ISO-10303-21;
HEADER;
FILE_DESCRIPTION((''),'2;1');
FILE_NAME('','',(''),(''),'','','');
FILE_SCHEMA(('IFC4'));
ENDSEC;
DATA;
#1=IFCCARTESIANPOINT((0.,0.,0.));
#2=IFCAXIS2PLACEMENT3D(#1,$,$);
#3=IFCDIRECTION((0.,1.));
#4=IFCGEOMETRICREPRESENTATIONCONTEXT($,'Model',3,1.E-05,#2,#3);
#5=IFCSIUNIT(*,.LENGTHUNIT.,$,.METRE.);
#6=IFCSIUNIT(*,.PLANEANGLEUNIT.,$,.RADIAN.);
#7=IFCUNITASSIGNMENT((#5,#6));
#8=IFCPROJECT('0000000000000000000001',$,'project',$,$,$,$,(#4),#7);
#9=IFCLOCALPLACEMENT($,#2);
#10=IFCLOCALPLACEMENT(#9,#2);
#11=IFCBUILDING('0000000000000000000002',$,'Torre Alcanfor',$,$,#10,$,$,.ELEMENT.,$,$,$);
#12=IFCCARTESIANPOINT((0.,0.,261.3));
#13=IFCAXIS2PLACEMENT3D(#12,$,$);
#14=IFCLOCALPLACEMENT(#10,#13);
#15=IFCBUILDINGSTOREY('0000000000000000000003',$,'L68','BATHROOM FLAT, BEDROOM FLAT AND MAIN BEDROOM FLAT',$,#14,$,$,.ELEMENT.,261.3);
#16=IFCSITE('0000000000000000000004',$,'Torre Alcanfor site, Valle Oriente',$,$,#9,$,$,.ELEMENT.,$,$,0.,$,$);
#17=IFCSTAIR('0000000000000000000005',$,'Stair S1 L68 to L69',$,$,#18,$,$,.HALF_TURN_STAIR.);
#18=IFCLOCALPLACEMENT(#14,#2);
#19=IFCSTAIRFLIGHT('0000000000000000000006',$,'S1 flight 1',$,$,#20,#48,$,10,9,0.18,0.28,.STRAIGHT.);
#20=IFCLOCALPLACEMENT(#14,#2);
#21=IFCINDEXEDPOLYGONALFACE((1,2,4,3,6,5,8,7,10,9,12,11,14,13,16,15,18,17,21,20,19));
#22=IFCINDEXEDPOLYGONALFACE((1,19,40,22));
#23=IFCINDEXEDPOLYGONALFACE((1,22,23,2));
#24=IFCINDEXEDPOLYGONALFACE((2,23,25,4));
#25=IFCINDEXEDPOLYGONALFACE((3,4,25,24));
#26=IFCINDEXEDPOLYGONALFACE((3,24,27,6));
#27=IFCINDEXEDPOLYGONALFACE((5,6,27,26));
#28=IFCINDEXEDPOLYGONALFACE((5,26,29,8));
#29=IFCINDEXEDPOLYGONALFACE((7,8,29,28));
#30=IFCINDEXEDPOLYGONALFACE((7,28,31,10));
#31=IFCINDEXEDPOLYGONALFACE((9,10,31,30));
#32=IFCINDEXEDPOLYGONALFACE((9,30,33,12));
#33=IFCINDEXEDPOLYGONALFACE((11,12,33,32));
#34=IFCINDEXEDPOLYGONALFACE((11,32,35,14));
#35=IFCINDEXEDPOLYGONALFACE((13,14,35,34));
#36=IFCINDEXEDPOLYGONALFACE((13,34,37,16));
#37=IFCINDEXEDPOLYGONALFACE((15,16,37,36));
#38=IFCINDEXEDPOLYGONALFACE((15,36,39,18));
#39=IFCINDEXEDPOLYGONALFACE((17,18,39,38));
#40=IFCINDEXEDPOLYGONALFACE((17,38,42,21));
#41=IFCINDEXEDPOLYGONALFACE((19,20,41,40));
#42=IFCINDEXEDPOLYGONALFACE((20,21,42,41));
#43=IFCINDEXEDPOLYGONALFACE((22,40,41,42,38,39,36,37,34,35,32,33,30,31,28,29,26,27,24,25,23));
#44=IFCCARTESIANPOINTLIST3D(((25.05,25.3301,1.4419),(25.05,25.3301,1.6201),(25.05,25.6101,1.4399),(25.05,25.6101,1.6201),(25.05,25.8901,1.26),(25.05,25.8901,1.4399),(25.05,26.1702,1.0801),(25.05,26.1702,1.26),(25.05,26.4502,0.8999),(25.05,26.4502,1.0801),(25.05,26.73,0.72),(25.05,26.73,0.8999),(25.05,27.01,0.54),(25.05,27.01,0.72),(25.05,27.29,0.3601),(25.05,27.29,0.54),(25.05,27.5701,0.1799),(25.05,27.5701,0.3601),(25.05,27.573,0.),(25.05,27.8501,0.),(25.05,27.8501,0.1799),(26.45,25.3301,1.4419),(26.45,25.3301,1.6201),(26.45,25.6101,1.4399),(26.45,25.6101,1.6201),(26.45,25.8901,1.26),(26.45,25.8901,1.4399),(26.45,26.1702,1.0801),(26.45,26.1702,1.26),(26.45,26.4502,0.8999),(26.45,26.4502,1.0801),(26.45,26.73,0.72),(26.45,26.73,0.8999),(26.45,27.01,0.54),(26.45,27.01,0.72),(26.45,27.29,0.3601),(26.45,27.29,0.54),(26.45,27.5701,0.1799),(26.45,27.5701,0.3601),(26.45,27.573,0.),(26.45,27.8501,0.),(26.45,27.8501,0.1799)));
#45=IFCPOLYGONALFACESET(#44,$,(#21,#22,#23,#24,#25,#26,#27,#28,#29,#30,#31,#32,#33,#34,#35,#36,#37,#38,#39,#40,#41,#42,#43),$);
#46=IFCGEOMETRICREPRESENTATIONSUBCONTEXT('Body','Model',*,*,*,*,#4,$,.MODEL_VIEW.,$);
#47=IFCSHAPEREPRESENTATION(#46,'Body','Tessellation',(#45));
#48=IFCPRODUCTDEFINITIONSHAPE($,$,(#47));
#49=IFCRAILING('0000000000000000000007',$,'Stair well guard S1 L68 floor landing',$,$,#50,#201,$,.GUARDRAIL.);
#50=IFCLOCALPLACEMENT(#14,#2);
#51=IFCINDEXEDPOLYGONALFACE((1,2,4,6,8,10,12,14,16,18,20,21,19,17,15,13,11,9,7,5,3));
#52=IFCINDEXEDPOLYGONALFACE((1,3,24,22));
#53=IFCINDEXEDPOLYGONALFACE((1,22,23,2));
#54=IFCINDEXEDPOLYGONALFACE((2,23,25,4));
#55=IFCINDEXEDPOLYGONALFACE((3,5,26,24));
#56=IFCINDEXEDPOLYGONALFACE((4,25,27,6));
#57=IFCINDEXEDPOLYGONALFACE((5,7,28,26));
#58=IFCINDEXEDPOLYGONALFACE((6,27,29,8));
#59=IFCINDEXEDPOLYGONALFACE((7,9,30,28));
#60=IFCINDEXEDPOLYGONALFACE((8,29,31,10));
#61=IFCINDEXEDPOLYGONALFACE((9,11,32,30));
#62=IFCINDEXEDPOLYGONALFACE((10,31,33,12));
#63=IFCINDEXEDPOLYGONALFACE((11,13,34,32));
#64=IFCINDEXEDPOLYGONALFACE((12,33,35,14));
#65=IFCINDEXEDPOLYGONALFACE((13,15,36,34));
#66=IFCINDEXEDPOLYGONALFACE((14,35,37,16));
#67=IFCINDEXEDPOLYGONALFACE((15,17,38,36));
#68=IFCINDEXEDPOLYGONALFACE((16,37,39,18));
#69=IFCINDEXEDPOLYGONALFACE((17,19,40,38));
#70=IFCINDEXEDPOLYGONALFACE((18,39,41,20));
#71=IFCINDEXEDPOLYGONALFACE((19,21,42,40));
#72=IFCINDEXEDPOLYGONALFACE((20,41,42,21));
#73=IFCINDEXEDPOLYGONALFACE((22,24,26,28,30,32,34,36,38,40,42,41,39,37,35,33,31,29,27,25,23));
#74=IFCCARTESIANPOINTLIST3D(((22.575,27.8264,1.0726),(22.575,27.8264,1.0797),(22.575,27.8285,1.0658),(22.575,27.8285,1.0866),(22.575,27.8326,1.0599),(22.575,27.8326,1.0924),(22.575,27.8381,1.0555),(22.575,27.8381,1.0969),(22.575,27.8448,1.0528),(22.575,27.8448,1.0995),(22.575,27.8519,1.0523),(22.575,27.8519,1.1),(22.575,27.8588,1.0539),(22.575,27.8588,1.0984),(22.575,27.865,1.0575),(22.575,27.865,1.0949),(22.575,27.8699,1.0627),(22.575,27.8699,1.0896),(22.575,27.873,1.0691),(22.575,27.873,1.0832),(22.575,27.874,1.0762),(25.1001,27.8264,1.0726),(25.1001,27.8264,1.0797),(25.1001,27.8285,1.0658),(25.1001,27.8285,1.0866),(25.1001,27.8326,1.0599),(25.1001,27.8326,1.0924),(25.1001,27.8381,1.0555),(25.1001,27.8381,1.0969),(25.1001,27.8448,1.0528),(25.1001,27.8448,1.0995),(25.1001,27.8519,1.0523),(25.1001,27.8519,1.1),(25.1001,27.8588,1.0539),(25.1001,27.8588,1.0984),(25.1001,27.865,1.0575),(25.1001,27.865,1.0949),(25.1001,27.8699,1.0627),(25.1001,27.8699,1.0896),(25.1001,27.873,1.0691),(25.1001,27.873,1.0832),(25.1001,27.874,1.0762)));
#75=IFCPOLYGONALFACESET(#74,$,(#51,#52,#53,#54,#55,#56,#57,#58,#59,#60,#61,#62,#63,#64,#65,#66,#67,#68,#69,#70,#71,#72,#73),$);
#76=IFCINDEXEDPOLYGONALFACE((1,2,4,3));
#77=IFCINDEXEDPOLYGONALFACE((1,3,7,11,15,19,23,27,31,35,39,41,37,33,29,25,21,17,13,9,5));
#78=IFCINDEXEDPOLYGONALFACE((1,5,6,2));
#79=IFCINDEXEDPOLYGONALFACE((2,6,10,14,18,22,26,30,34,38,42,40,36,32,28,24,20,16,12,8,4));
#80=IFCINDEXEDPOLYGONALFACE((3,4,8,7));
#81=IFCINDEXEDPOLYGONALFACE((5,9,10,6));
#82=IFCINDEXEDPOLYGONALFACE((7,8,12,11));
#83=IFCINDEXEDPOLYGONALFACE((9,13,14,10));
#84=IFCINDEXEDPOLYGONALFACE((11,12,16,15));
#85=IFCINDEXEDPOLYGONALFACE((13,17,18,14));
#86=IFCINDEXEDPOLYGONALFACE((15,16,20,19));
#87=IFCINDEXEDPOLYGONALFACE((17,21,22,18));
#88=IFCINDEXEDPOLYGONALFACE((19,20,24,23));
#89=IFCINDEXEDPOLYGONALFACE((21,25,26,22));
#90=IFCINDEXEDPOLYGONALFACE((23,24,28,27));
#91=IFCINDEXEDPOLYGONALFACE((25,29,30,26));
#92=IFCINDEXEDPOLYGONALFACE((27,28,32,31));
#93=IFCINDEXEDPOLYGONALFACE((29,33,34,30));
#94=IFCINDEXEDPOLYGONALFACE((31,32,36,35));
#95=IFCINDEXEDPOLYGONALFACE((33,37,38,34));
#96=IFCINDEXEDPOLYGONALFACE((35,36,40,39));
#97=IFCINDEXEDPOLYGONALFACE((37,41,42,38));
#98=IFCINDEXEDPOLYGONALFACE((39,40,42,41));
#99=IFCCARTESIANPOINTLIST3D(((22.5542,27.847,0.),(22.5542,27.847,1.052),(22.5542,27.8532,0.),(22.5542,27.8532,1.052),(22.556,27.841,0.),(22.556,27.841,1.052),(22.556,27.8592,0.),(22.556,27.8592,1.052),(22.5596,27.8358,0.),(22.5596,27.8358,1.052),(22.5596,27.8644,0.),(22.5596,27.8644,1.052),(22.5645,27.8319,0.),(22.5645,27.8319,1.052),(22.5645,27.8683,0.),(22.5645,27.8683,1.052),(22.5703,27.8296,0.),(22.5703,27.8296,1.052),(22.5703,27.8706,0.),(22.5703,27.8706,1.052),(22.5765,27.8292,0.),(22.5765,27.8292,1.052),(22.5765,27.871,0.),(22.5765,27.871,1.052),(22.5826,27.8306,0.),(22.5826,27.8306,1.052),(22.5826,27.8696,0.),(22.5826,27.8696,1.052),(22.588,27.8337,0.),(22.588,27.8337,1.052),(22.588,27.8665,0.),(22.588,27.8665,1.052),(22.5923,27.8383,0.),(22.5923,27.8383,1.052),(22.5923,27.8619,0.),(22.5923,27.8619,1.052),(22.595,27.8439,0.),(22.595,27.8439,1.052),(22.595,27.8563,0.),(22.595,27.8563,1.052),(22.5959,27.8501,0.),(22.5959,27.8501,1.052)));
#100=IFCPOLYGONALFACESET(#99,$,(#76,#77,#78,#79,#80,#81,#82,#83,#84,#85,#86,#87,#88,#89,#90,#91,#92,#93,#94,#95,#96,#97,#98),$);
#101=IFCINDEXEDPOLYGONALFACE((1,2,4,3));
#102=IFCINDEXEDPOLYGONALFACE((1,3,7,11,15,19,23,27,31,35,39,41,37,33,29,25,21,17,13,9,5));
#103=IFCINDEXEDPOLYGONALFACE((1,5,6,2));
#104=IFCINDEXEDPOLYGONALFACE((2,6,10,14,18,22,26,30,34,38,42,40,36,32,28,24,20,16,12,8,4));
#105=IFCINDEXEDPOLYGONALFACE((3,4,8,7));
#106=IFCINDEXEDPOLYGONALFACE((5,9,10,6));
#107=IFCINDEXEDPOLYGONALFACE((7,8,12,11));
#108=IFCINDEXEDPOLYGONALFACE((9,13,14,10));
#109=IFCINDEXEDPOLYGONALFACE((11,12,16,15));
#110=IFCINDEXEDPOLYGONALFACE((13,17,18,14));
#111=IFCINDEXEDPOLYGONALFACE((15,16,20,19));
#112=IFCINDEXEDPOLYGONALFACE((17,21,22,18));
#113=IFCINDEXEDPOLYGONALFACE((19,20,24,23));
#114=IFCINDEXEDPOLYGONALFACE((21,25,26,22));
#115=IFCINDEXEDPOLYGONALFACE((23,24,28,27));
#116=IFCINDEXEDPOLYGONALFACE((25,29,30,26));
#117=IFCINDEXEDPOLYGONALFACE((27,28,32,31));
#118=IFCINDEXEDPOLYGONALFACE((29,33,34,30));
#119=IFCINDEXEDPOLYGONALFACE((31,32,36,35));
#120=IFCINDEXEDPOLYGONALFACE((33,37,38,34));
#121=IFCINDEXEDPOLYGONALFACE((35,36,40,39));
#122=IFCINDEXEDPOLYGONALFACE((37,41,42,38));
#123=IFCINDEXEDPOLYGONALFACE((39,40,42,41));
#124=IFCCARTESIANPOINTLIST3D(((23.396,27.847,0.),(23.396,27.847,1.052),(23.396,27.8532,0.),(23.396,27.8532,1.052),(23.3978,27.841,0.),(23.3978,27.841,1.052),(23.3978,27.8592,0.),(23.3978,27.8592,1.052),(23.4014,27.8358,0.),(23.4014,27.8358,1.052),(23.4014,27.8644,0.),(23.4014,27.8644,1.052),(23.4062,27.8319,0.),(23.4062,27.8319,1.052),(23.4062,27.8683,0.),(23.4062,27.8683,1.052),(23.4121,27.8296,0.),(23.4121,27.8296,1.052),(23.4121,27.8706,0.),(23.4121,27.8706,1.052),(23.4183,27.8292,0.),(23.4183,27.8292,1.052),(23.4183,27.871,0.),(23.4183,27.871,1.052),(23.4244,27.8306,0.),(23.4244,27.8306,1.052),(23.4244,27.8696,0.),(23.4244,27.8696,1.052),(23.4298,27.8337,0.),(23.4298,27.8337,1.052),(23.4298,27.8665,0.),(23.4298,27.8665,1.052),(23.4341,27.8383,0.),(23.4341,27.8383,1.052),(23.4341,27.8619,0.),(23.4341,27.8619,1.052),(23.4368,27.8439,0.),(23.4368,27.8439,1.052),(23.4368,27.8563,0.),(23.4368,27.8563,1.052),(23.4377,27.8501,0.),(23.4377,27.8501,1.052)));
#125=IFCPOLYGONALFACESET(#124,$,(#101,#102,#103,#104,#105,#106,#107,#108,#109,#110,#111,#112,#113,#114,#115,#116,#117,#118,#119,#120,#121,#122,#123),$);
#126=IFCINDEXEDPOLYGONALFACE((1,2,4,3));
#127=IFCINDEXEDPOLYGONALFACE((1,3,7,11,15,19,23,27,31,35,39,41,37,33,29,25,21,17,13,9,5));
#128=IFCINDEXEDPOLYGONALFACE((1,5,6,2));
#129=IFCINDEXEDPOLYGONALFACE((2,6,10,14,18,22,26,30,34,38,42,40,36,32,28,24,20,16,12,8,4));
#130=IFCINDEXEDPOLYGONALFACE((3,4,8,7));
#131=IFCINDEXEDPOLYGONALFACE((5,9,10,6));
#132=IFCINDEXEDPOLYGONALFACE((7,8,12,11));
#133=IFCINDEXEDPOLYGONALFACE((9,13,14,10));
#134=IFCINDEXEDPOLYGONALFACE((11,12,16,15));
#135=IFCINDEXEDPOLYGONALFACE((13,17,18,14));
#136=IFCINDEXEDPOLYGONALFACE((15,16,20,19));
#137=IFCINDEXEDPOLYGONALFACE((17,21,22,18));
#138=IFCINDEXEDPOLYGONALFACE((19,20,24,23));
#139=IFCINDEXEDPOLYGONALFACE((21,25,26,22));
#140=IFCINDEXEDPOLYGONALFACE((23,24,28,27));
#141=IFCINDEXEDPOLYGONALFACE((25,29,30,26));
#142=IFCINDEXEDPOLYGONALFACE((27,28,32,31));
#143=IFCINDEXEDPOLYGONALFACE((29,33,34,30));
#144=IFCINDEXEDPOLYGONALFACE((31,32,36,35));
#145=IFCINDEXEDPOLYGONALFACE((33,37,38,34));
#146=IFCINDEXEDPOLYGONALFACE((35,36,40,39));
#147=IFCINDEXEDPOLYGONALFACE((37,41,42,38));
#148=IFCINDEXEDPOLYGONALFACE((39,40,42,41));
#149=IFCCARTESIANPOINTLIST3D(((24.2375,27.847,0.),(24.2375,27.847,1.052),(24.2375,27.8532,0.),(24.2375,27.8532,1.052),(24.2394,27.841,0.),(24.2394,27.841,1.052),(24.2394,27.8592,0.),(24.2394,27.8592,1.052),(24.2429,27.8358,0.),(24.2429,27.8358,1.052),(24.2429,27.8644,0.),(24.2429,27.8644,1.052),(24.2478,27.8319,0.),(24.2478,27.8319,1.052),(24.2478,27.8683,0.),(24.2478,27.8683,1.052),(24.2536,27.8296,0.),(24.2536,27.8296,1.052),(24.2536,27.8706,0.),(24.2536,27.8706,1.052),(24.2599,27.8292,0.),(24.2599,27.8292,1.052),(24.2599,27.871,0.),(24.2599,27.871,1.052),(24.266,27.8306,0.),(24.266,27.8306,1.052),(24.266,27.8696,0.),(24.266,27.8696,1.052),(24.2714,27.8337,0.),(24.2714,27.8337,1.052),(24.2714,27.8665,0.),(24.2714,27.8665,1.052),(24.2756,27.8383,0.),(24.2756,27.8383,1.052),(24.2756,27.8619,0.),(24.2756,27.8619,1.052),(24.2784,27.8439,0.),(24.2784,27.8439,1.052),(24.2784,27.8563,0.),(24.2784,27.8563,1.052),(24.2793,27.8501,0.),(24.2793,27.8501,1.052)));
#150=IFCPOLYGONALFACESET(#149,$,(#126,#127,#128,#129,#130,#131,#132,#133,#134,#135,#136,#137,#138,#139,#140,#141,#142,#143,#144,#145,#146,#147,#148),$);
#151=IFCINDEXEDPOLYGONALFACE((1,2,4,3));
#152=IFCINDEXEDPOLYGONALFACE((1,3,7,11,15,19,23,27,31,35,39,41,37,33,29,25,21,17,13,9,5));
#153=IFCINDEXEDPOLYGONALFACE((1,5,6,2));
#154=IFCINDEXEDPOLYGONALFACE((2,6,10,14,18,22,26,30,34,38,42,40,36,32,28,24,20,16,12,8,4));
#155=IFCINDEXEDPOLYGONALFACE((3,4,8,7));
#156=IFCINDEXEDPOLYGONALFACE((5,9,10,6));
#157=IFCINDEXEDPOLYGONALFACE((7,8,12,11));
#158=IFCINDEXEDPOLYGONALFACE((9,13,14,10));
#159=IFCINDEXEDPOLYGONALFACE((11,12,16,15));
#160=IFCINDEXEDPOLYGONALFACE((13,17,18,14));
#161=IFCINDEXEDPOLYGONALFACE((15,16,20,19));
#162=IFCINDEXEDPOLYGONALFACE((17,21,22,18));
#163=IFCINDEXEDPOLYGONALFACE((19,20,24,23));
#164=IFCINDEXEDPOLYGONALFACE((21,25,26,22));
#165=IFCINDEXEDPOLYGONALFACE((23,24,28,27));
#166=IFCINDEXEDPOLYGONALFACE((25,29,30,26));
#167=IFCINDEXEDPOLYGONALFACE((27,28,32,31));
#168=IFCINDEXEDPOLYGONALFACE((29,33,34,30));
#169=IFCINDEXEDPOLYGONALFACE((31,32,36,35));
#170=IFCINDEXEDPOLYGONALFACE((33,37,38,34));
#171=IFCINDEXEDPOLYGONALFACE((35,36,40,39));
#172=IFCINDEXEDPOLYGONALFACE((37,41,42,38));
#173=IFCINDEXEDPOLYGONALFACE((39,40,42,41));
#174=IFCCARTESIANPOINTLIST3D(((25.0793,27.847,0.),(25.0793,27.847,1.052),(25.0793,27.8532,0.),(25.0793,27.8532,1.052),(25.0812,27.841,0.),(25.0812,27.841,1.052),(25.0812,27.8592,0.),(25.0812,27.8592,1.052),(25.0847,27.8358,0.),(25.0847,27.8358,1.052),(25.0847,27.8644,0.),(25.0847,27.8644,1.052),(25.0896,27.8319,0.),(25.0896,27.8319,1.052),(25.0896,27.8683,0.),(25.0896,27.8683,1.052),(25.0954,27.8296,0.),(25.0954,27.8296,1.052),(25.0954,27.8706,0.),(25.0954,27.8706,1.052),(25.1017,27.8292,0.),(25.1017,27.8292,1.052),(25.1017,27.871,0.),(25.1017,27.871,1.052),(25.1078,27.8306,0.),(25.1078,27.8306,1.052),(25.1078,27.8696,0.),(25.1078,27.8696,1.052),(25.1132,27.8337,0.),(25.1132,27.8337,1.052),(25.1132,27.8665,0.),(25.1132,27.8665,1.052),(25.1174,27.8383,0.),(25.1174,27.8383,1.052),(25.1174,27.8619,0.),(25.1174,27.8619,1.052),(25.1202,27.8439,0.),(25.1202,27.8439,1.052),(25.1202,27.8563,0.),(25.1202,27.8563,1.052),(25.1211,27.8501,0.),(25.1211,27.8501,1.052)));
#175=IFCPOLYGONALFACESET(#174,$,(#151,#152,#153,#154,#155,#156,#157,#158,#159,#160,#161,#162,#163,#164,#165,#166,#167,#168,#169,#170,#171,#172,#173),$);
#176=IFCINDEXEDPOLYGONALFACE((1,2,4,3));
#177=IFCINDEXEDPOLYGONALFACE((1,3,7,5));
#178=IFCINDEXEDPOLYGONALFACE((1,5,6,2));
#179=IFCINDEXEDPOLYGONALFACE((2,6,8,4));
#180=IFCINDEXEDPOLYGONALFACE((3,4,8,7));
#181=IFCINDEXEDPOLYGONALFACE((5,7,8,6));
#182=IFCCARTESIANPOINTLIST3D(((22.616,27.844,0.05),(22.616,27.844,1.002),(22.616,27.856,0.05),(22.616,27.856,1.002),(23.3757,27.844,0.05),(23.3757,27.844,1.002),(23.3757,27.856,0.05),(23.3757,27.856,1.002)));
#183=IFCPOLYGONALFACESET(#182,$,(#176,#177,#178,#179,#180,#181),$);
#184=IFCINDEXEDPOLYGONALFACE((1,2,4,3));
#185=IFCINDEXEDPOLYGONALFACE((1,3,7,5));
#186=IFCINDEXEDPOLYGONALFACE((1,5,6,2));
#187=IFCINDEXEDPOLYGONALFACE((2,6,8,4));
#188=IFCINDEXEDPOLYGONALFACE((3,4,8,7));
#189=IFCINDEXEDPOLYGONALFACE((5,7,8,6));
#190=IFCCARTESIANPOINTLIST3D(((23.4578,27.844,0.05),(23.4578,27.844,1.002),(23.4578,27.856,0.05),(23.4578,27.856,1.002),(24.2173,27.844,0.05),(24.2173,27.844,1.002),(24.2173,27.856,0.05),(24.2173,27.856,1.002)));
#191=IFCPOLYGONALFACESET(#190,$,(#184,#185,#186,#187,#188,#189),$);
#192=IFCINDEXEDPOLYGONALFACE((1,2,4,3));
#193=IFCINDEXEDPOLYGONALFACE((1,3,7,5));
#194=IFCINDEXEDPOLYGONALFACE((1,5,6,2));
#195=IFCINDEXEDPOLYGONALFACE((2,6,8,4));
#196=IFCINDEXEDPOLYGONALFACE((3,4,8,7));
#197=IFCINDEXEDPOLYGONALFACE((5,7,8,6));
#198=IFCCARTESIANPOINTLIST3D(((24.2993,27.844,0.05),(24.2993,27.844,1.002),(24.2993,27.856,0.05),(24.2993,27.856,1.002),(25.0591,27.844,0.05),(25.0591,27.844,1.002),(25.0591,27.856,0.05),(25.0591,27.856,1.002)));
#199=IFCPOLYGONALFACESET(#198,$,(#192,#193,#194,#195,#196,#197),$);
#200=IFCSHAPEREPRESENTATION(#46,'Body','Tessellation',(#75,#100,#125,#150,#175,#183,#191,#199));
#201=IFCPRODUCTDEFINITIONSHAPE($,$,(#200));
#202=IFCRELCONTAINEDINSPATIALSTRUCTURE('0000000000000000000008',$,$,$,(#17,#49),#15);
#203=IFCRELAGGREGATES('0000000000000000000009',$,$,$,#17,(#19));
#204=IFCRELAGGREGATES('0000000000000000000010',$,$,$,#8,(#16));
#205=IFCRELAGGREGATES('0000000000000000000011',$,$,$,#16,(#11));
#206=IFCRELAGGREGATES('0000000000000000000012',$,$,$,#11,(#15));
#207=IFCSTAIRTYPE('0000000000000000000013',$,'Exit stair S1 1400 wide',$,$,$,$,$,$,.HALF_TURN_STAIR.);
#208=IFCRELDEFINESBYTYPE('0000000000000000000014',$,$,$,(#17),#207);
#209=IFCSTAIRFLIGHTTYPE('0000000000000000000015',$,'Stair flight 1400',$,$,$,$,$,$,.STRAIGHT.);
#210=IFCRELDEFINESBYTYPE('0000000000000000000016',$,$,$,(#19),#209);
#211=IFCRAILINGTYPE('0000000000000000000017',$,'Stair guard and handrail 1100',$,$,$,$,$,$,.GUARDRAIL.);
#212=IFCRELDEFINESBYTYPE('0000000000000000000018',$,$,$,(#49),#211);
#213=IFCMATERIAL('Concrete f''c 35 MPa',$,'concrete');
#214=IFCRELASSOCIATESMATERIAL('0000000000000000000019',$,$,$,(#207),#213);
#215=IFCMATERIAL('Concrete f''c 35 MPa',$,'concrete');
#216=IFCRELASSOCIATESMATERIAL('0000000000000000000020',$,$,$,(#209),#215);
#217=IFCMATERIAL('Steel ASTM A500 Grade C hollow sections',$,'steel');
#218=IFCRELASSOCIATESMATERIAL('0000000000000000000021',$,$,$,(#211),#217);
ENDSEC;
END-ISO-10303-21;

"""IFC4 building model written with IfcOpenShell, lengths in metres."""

from ifc_helpers import new_model, si_unit, direction, frame, origin, origin_2d, place, context, subcontext, project, spatial, polyline, circle, outline, extrude, material, type_object, element, aggregate, save


model = new_model("IFC4")

# Units and contexts
model_context = context("Model", 3, precision=1e-05, world=origin(), true_north=direction((0.0, 1.0)))
body_context = subcontext(model_context, "Body", "Model", "MODEL_VIEW")
ifc_project = project(units=[si_unit("LENGTHUNIT", "METRE"), si_unit("PLANEANGLEUNIT", "RADIAN")], contexts=[model_context])

# Site, building, storey
site_placement = place(None, origin())
site = spatial("IfcSite", under=ifc_project, at=site_placement, Name="Torre Alcanfor site, Valle Oriente", CompositionType="ELEMENT", RefElevation=0.0)
building_placement = place(site_placement, origin())
building = spatial("IfcBuilding", under=site, at=building_placement, Name="Torre Alcanfor", CompositionType="ELEMENT")
storey_placement = place(building_placement, frame((0.0, 0.0, 261.3)))
storey = spatial("IfcBuildingStorey", under=building, at=storey_placement, Name="L68", Description="BATHROOM FLAT, BEDROOM FLAT AND MAIN BEDROOM FLAT", CompositionType="ELEMENT", Elevation=261.3)

# Stair, stair flight
ifc_material_1 = material(Name="Concrete f'c 35 MPa", Category="concrete")
stair_type = type_object("IfcStairType", Name="Exit stair S1 1400 wide", PredefinedType="HALF_TURN_STAIR", material=ifc_material_1)
stair_placement = place(storey_placement, origin())
stair = element("IfcStair", 1, at=stair_placement, inside=storey, type_object=stair_type, Name="Stair S1 L68 to L69", PredefinedType="HALF_TURN_STAIR")
ifc_material_2 = material(Name="Concrete f'c 35 MPa", Category="concrete")
stair_flight_type = type_object("IfcStairFlightType", Name="Stair flight 1400", PredefinedType="STRAIGHT", material=ifc_material_2)
stair_flight_placement = place(storey_placement, frame((25.75, 27.8501, 0.0), z_axis=(0.0, 0.0, 1.0), x_axis=(0.0, -1.0, 0.0)))
stair_flight = element("IfcStairFlight", 2, at=stair_flight_placement, type_object=stair_flight_type, Name="S1 flight 1", NumberOfRisers=10, NumberOfTreads=9, PredefinedType="STRAIGHT", RiserHeight=0.18, TreadLength=0.28, context=body_context, shape_type="SweptSolid", body=[
    extrude(outline(polyline([(0.0, 0.0), (0.0, 0.1799), (0.28, 0.1799), (0.28, 0.3601), (0.5601, 0.3601), (0.5601, 0.54), (0.8401, 0.54), (0.8401, 0.72), (1.1201, 0.72), (1.1201, 0.8999), (1.3999, 0.8999), (1.3999, 1.0801), (1.6799, 1.0801), (1.6799, 1.26), (1.96, 1.26), (1.96, 1.4399), (2.24, 1.4399), (2.24, 1.6201), (2.52, 1.6201), (2.52, 1.8), (2.52, 1.4419), (0.2771, 0.0), (0.0, 0.0)])), frame((0.0, 0.7, 0.0), z_axis=(0.0, -1.0, 0.0), x_axis=(1.0, 0.0, 0.0)), (0.0, 0.0, 1.0), 1.3999),
])
aggregate(stair, [stair_flight])

# Railing
ifc_material_3 = material(Name="Steel ASTM A500 Grade C hollow sections", Category="steel")
railing_type_1 = type_object("IfcRailingType", Name="Stair guard and handrail 1100", PredefinedType="GUARDRAIL", material=ifc_material_3)
railing_1_placement = place(storey_placement, frame((22.575, 27.8501, 0.0)))
element("IfcRailing", 3, at=railing_1_placement, inside=storey, type_object=railing_type_1, Name="Stair well guard S1 L68 floor landing", PredefinedType="GUARDRAIL", context=body_context, shape_type="SweptSolid", body=[
    extrude(circle(Radius=0.0239, at=origin_2d()), frame((0.0, 0.0, 1.0762), z_axis=(1.0, 0.0, 0.0), x_axis=(0.0, 1.0, 0.0)), (0.0, 0.0, 1.0), 2.5251),
    extrude(circle(Radius=0.021, at=origin_2d()), origin(), (0.0, 0.0, 1.0), 1.052),
    extrude(circle(Radius=0.021, at=origin_2d()), frame((0.8418, 0.0, 0.0)), (0.0, 0.0, 1.0), 1.052),
    extrude(circle(Radius=0.021, at=origin_2d()), frame((1.6833, 0.0, 0.0)), (0.0, 0.0, 1.0), 1.052),
    extrude(circle(Radius=0.021, at=origin_2d()), frame((2.5251, 0.0, 0.0)), (0.0, 0.0, 1.0), 1.052),
    extrude(outline(polyline([(0.041, 0.05), (0.8008, 0.05), (0.8008, 1.002), (0.041, 1.002), (0.041, 0.05)])), frame((0.0, 0.0059, 0.0), z_axis=(0.0, -1.0, 0.0), x_axis=(1.0, 0.0, 0.0)), (0.0, 0.0, 1.0), 0.012),
    extrude(outline(polyline([(0.8828, 0.05), (1.6423, 0.05), (1.6423, 1.002), (0.8828, 1.002), (0.8828, 0.05)])), frame((0.0, 0.0059, 0.0), z_axis=(0.0, -1.0, 0.0), x_axis=(1.0, 0.0, 0.0)), (0.0, 0.0, 1.0), 0.012),
    extrude(outline(polyline([(1.7244, 0.05), (2.4841, 0.05), (2.4841, 1.002), (1.7244, 1.002), (1.7244, 0.05)])), frame((0.0, 0.0059, 0.0), z_axis=(0.0, -1.0, 0.0), x_axis=(1.0, 0.0, 0.0)), (0.0, 0.0, 1.0), 0.012),
])

save(model, "model.ifc")
